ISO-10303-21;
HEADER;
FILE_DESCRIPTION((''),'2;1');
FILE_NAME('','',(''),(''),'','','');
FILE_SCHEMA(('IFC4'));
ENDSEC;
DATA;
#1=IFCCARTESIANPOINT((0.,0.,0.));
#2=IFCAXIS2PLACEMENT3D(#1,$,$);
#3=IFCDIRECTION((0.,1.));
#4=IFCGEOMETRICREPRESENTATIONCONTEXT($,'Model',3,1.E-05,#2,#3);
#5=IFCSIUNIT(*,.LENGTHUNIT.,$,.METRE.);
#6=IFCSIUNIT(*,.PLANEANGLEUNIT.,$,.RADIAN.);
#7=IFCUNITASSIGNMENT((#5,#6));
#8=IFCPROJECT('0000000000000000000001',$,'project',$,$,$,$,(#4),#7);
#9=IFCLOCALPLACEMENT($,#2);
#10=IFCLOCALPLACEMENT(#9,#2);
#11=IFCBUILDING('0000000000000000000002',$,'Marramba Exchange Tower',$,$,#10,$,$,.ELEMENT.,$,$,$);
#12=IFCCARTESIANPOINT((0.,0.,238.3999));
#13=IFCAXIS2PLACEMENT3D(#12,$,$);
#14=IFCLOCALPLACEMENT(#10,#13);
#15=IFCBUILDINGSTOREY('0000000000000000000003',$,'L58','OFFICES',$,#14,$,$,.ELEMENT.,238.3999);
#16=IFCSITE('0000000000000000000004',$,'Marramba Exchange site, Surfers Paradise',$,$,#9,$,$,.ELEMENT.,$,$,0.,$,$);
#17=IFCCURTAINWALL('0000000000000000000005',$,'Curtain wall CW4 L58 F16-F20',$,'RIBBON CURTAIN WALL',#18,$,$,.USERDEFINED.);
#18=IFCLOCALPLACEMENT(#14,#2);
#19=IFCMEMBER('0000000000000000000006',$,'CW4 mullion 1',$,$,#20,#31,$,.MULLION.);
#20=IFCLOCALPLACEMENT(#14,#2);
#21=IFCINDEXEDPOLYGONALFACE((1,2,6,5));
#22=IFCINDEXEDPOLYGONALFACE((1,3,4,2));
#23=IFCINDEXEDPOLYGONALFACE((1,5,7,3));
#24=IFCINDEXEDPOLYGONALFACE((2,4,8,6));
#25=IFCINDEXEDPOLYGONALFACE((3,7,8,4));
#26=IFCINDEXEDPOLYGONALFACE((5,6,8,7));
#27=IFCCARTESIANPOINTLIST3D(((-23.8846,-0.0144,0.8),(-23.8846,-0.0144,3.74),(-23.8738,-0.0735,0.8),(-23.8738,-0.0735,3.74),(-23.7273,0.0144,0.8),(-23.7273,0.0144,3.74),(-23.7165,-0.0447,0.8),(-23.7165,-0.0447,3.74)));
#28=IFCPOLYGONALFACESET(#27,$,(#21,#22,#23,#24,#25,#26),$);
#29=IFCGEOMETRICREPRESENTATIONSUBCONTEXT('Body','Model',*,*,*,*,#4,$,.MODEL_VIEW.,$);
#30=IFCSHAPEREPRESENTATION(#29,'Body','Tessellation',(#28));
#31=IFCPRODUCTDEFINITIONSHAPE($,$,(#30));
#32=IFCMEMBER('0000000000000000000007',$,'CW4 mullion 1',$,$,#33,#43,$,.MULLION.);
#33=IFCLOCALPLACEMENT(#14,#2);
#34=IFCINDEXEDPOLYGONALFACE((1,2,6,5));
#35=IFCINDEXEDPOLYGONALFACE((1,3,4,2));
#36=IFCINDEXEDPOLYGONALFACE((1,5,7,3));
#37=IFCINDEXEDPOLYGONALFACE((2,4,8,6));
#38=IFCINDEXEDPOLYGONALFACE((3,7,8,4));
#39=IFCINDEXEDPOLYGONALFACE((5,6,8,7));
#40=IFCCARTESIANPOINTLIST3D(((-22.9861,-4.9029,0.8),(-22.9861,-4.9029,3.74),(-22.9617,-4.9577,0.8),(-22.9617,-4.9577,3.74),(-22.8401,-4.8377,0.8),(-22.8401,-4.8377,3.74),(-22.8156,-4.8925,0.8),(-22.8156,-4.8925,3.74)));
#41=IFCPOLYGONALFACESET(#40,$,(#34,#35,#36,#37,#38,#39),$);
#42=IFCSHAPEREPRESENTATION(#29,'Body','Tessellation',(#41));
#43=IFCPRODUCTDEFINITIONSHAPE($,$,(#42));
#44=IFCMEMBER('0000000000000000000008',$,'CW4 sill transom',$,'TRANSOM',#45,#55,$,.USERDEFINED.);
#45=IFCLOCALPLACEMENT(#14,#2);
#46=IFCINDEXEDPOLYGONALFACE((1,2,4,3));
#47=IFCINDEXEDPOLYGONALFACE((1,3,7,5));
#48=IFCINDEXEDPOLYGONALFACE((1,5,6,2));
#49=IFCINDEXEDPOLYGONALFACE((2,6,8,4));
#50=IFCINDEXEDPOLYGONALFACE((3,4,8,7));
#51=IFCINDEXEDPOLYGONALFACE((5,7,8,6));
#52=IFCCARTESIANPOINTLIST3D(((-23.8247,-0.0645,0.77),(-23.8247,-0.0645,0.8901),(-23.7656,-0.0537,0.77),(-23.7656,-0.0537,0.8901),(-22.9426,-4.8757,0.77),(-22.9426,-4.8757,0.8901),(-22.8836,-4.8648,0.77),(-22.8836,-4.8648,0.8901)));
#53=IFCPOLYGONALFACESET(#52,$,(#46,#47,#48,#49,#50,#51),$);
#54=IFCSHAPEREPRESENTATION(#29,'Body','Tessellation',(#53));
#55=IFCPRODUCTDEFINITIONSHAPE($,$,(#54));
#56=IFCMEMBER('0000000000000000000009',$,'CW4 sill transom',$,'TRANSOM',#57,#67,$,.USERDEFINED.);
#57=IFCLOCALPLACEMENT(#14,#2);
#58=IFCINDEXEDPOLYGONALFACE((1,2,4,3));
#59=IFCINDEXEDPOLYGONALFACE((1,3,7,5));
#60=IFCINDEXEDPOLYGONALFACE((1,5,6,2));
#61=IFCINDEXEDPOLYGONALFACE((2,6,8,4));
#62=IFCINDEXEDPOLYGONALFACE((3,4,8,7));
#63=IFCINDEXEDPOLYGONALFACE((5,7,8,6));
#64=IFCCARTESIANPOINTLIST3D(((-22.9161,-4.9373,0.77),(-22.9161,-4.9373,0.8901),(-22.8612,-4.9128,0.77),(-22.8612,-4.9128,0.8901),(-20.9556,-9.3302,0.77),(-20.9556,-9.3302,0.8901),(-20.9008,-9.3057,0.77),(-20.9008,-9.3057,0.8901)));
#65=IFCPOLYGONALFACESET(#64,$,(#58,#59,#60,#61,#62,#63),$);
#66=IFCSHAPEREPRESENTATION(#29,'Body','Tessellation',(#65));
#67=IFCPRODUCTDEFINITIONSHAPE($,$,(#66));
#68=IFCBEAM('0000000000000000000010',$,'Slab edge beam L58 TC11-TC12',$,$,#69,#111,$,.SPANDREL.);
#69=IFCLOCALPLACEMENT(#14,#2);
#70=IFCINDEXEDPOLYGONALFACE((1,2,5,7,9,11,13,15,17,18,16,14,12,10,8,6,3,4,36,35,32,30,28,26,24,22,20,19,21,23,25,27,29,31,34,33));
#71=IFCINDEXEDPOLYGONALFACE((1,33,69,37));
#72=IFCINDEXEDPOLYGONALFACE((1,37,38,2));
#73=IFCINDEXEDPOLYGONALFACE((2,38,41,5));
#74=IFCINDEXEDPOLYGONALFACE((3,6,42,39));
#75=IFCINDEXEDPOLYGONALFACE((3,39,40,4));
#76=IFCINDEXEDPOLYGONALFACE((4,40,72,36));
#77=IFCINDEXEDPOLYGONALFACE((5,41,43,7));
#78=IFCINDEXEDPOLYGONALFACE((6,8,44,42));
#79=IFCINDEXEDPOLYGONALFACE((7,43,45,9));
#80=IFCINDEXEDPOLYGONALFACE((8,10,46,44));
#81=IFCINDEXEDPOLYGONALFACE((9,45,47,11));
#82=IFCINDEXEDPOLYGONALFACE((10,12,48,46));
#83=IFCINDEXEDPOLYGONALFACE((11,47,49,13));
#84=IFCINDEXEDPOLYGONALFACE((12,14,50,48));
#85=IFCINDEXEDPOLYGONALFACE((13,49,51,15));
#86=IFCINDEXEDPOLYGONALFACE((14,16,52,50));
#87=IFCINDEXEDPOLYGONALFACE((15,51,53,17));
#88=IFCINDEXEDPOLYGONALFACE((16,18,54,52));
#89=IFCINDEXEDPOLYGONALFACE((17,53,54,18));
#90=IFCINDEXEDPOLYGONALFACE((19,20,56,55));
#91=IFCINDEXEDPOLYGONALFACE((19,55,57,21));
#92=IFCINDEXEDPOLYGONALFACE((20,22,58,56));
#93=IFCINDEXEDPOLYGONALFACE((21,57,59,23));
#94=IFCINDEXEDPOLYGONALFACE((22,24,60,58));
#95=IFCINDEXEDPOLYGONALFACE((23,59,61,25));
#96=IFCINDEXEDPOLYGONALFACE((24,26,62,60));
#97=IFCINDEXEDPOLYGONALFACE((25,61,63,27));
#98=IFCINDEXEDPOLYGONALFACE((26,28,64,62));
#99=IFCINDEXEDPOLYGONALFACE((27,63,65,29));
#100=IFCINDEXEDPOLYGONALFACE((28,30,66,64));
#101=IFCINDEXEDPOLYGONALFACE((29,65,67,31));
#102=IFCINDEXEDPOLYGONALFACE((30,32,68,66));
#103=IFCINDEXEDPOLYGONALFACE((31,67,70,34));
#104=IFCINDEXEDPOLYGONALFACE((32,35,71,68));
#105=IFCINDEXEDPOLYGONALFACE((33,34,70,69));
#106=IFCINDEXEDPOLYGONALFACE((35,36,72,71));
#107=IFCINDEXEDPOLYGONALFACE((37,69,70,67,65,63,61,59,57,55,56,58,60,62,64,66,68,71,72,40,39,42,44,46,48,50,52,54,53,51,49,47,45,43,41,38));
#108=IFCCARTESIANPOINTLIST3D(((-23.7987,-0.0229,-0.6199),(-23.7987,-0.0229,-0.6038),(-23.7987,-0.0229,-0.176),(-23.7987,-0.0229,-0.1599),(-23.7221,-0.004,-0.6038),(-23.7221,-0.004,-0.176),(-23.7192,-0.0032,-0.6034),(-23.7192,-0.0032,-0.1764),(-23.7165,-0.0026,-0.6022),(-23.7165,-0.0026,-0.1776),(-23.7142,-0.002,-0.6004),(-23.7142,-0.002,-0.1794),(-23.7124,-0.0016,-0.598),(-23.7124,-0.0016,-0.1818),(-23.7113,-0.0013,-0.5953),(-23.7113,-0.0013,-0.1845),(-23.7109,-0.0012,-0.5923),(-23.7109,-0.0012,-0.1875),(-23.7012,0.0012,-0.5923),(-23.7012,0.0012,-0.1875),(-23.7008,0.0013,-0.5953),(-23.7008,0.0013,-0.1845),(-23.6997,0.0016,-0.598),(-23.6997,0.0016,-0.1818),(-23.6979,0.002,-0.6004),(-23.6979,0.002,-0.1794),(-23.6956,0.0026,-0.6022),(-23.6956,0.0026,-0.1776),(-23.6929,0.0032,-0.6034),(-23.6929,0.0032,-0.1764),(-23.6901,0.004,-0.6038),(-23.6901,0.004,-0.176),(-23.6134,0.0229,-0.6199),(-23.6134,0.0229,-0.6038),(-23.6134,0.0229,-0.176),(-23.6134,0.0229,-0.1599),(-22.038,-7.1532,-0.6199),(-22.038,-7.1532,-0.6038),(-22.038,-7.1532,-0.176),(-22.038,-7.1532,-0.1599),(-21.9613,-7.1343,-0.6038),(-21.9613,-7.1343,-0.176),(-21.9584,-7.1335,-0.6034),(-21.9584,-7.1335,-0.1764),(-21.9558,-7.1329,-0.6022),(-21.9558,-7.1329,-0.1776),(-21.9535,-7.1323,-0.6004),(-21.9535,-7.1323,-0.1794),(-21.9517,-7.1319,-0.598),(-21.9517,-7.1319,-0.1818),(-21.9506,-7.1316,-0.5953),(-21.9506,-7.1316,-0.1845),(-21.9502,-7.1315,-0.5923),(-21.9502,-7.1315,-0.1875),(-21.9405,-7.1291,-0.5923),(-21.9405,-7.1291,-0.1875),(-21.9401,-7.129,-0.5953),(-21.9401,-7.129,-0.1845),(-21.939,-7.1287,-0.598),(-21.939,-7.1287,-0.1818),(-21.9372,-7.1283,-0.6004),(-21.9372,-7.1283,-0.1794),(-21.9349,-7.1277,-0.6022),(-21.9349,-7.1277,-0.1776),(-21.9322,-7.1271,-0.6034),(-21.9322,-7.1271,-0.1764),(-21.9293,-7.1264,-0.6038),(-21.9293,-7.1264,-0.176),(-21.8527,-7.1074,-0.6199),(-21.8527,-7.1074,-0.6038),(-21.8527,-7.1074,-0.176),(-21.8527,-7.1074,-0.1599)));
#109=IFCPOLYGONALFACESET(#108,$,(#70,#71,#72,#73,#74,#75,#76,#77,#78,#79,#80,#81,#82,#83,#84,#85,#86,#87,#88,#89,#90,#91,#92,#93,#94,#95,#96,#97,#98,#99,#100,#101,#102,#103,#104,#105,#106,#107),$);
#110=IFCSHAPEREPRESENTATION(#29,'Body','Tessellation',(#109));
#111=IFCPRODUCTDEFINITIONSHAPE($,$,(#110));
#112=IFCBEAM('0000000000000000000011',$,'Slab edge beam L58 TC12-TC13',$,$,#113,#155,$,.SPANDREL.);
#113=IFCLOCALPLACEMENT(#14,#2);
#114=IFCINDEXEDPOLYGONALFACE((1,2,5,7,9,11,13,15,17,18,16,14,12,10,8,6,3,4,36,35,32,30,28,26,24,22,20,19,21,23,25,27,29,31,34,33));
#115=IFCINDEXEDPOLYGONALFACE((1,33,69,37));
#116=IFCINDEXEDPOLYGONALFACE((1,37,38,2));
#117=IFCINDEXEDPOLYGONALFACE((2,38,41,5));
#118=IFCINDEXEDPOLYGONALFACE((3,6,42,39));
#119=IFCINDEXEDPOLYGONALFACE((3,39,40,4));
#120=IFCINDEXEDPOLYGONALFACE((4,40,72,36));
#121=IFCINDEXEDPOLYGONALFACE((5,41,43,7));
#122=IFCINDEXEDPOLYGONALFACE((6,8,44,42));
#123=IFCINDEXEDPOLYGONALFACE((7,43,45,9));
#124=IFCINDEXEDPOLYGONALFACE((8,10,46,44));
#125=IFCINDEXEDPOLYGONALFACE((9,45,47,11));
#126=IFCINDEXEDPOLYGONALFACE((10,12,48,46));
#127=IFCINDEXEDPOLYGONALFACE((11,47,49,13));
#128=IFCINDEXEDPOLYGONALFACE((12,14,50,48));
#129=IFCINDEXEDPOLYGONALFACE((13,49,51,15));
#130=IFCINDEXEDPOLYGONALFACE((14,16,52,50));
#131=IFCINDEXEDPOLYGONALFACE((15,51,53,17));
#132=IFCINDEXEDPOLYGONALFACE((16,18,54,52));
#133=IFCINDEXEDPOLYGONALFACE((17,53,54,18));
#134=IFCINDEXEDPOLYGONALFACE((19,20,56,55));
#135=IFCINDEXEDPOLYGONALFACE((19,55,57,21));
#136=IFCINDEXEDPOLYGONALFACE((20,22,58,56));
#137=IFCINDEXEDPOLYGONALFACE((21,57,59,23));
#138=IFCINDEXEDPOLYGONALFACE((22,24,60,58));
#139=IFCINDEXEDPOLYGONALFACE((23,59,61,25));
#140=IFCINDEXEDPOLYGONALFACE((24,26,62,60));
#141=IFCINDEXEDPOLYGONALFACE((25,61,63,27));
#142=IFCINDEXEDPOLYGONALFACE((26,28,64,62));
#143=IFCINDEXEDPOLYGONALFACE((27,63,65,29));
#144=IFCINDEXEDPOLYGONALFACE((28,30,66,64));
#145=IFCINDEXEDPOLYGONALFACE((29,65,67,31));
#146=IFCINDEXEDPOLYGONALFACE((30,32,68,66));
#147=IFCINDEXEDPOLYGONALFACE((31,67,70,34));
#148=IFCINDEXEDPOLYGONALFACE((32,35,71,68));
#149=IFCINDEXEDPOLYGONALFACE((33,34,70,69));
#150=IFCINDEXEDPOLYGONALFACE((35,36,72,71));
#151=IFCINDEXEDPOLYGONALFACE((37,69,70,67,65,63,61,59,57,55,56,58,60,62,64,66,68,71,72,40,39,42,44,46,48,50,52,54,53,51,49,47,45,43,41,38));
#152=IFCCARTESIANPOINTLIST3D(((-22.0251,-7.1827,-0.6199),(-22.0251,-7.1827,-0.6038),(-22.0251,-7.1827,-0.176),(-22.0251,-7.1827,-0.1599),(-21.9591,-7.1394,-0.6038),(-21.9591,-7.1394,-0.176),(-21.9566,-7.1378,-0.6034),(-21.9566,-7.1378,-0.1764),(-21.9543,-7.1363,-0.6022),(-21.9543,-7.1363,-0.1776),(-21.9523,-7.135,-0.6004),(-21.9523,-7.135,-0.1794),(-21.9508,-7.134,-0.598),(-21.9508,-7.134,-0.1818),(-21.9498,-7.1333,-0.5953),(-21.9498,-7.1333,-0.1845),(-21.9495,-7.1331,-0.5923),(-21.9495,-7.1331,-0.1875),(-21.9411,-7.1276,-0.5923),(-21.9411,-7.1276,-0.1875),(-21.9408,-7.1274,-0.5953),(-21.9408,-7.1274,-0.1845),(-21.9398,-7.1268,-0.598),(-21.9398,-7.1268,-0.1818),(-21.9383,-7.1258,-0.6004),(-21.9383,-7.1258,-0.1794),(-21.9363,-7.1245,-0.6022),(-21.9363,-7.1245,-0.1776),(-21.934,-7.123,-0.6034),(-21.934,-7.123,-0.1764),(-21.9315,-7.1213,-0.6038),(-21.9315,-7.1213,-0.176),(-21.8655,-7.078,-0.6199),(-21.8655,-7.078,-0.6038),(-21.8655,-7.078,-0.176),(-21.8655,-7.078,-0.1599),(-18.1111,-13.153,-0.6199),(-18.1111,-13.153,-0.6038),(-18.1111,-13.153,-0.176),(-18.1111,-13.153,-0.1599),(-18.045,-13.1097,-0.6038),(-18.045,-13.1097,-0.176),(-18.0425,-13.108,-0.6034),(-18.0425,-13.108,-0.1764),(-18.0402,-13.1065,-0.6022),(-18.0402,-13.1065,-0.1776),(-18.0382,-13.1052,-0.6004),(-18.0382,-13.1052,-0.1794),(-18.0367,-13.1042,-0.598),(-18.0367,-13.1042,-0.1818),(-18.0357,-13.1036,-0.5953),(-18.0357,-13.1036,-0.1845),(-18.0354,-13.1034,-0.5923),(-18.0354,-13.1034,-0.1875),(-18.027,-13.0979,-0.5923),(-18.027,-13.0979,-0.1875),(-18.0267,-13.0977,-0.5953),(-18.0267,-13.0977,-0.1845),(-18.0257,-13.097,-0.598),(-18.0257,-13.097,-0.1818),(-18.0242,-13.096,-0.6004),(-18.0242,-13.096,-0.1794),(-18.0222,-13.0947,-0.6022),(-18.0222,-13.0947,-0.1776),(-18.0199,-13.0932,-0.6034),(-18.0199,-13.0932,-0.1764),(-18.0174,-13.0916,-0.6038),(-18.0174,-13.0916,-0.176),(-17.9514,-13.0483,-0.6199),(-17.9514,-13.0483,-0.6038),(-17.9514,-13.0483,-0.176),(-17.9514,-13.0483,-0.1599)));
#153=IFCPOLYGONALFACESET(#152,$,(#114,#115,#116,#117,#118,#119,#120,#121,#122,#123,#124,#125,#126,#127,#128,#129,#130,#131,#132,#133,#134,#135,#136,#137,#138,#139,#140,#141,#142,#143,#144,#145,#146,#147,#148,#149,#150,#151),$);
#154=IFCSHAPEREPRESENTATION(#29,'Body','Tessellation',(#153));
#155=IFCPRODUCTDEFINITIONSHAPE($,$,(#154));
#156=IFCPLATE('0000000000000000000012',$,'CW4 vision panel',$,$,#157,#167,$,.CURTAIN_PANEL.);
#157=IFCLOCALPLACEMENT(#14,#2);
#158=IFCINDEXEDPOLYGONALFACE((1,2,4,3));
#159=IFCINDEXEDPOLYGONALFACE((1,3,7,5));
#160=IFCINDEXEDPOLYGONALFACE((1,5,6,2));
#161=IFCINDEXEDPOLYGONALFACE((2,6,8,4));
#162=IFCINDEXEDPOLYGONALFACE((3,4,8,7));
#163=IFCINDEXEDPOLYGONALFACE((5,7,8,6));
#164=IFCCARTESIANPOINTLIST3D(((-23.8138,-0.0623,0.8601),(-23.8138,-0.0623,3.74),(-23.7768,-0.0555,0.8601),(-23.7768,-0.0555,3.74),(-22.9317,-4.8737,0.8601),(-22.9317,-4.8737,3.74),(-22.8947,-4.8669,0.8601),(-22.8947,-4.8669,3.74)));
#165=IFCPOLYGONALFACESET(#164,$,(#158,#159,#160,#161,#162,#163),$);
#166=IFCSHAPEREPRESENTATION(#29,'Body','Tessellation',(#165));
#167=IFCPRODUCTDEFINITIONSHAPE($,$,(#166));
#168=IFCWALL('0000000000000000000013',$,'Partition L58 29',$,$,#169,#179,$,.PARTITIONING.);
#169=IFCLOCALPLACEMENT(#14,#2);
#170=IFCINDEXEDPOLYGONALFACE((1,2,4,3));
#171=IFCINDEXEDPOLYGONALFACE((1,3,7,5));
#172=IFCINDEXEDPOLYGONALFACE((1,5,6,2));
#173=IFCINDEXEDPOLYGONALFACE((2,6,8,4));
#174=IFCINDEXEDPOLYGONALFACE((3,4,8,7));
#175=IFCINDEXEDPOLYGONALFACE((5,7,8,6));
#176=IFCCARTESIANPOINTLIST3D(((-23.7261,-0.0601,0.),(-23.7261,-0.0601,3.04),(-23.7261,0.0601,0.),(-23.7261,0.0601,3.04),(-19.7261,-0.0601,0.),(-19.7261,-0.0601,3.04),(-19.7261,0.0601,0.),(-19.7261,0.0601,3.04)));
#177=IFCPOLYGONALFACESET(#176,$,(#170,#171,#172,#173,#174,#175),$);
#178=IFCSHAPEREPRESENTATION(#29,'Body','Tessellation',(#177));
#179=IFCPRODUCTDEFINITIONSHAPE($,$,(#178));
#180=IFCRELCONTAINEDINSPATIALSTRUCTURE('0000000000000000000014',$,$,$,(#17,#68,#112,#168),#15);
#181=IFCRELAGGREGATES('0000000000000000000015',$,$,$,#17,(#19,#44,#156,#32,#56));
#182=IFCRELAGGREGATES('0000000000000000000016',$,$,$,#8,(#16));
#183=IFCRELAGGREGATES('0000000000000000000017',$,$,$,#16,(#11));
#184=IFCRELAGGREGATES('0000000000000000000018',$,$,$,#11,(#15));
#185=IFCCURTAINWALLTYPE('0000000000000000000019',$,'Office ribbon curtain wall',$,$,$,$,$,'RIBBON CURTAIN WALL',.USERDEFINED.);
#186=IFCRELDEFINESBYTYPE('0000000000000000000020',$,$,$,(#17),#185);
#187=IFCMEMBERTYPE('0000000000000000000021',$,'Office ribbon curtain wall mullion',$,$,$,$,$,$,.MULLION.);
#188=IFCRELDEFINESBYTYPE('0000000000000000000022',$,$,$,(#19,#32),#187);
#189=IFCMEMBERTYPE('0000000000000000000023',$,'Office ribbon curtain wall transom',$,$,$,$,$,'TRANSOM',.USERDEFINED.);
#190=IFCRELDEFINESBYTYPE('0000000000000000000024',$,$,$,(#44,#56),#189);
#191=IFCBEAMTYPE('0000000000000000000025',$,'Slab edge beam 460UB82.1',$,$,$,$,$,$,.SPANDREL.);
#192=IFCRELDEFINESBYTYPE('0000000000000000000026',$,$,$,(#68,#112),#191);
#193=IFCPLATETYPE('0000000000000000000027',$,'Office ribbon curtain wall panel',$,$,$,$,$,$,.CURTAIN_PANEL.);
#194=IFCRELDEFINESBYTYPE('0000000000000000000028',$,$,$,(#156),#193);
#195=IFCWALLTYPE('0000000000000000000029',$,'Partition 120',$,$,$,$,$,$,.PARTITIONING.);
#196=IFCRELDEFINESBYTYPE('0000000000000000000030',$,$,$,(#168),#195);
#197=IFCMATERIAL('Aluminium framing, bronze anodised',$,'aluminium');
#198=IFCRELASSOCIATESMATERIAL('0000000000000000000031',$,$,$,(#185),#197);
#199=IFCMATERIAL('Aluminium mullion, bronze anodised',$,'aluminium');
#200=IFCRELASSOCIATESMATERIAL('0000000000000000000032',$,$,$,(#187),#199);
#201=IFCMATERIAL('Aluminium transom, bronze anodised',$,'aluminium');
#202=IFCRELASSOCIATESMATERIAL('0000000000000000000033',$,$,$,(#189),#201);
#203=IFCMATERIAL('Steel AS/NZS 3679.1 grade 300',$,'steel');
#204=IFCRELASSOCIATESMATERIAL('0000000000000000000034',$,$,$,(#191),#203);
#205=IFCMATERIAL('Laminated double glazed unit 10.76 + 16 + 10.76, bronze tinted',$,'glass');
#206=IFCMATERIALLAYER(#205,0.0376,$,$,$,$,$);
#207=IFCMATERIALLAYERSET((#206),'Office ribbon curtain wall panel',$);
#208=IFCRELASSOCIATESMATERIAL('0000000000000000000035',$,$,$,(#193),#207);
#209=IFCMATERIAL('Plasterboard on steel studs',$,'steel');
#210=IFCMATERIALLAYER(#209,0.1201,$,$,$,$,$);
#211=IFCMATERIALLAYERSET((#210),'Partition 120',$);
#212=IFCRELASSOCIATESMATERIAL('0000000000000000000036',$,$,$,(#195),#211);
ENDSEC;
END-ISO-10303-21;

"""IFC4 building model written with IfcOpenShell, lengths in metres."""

from ifc_helpers import new_model, si_unit, direction, frame, frame_2d, origin, origin_2d, place, context, subcontext, project, spatial, rectangle, i_section, extrude, material, layer, layer_set, material_profile, profile_set, type_object, element, aggregate, save


model = new_model("IFC4")

# Units and contexts
model_context = context("Model", 3, precision=1e-05, world=origin(), true_north=direction((0.0, 1.0)))
body_context = subcontext(model_context, "Body", "Model", "MODEL_VIEW")
ifc_project = project(units=[si_unit("LENGTHUNIT", "METRE"), si_unit("PLANEANGLEUNIT", "RADIAN")], contexts=[model_context])

# Site, building, storey
site_placement = place(None, origin())
site = spatial("IfcSite", under=ifc_project, at=site_placement, Name="Marramba Exchange site, Surfers Paradise", CompositionType="ELEMENT", RefElevation=0.0)
building_placement = place(site_placement, origin())
building = spatial("IfcBuilding", under=site, at=building_placement, Name="Marramba Exchange Tower", CompositionType="ELEMENT")
storey_placement = place(building_placement, frame((0.0, 0.0, 238.3999)))
storey = spatial("IfcBuildingStorey", under=building, at=storey_placement, Name="L58", Description="OFFICES", CompositionType="ELEMENT", Elevation=238.3999)

# Curtain wall, members
ifc_material_1 = material(Name="Aluminium framing, bronze anodised", Category="aluminium")
curtain_wall_type = type_object("IfcCurtainWallType", Name="Office ribbon curtain wall", ElementType="RIBBON CURTAIN WALL", PredefinedType="USERDEFINED", material=ifc_material_1)
curtain_wall_placement = place(storey_placement, origin())
curtain_wall = element("IfcCurtainWall", 1, at=curtain_wall_placement, inside=storey, type_object=curtain_wall_type, Name="Curtain wall CW4 L58 F16-F20", ObjectType="RIBBON CURTAIN WALL", PredefinedType="USERDEFINED")
ifc_material_2 = material(Name="Aluminium mullion, bronze anodised", Category="aluminium")
ifc_material_profile_1 = material_profile(ifc_material_2, rectangle(XDim=0.1599, YDim=0.0601, at=origin_2d()), Name="CW4 mullion 60x160")
ifc_profile_set_1 = profile_set([ifc_material_profile_1], Name="Aluminium mullion, bronze anodised")
member_type_1 = type_object("IfcMemberType", Name="Office ribbon curtain wall mullion", PredefinedType="MULLION", material=ifc_profile_set_1)
member_1_placement = place(storey_placement, frame((-23.8005, -0.0295, 0.8), z_axis=(0.0, 0.0, 1.0), x_axis=(0.983607, 0.180327, 0.0)))
member_1 = element("IfcMember", 2, at=member_1_placement, type_object=member_type_1, Name="CW4 mullion 1", PredefinedType="MULLION", context=body_context, shape_type="SweptSolid", body=[
    extrude(rectangle(XDim=0.1599, YDim=0.0601, at=origin_2d()), origin(), (0.0, 0.0, 1.0), 2.9399),
])
member_2_placement = place(storey_placement, frame((-22.9009, -4.8977, 0.8), z_axis=(0.0, 0.0, 1.0), x_axis=(0.91318, 0.407558, 0.0)))
member_2 = element("IfcMember", 3, at=member_2_placement, type_object=member_type_1, Name="CW4 mullion 1", PredefinedType="MULLION", context=body_context, shape_type="SweptSolid", body=[
    extrude(rectangle(XDim=0.1599, YDim=0.0601, at=origin_2d()), origin(), (0.0, 0.0, 1.0), 2.9399),
])
ifc_material_3 = material(Name="Aluminium transom, bronze anodised", Category="aluminium")
ifc_material_profile_2 = material_profile(ifc_material_3, rectangle(XDim=0.0601, YDim=0.1201, at=origin_2d()), Name="CW4 transom 60x120")
ifc_profile_set_2 = profile_set([ifc_material_profile_2], Name="Aluminium transom, bronze anodised")
member_type_2 = type_object("IfcMemberType", Name="Office ribbon curtain wall transom", ElementType="TRANSOM", PredefinedType="USERDEFINED", material=ifc_profile_set_2)
member_3_placement = place(storey_placement, frame((-23.7952, -0.0591, 0.8301), z_axis=(0.18033, -0.983606, 0.0), x_axis=(0.983606, 0.18033, 0.0)))
member_3 = element("IfcMember", 4, at=member_3_placement, type_object=member_type_2, Name="CW4 sill transom", ObjectType="TRANSOM", PredefinedType="USERDEFINED", context=body_context, shape_type="SweptSolid", body=[
    extrude(rectangle(XDim=0.0601, YDim=0.1201, at=origin_2d()), origin(), (0.0, 0.0, 1.0), 4.8914),
])
member_4_placement = place(storey_placement, frame((-22.8887, -4.925, 0.8301), z_axis=(0.407541, -0.913187, 0.0), x_axis=(0.913187, 0.407541, 0.0)))
member_4 = element("IfcMember", 5, at=member_4_placement, type_object=member_type_2, Name="CW4 sill transom", ObjectType="TRANSOM", PredefinedType="USERDEFINED", context=body_context, shape_type="SweptSolid", body=[
    extrude(rectangle(XDim=0.0601, YDim=0.1201, at=origin_2d()), origin(), (0.0, 0.0, 1.0), 4.8105),
])

# Beams
ifc_material_4 = material(Name="Steel AS/NZS 3679.1 grade 300", Category="steel")
ifc_material_profile_3 = material_profile(ifc_material_4, i_section(OverallWidth=0.1909, OverallDepth=0.46, WebThickness=0.01, FlangeThickness=0.0161, FilletRadius=0.0115, at=origin_2d()), Name="460UB82.1")
ifc_profile_set_3 = profile_set([ifc_material_profile_3], Name="Steel AS/NZS 3679.1 grade 300")
beam_type = type_object("IfcBeamType", Name="Slab edge beam 460UB82.1", PredefinedType="SPANDREL", material=ifc_profile_set_3)
beam_1_placement = place(storey_placement, frame((-23.7061, 0.0, -0.3899), z_axis=(0.239735, -0.970838, 0.0), x_axis=(0.970838, 0.239735, 0.0)))
element("IfcBeam", 6, at=beam_1_placement, inside=storey, type_object=beam_type, Name="Slab edge beam L58 TC11-TC12", PredefinedType="SPANDREL", context=body_context, shape_type="SweptSolid", body=[
    extrude(i_section(OverallWidth=0.1909, OverallDepth=0.46, WebThickness=0.01, FlangeThickness=0.0161, FilletRadius=0.0115, at=origin_2d()), origin(), (0.0, 0.0, 1.0), 7.3445),
])
beam_2_placement = place(storey_placement, frame((-21.9453, -7.1304, -0.3899), z_axis=(0.548275, -0.836298, 0.0), x_axis=(0.836298, 0.548275, 0.0)))
element("IfcBeam", 7, at=beam_2_placement, inside=storey, type_object=beam_type, Name="Slab edge beam L58 TC12-TC13", PredefinedType="SPANDREL", context=body_context, shape_type="SweptSolid", body=[
    extrude(i_section(OverallWidth=0.1909, OverallDepth=0.46, WebThickness=0.01, FlangeThickness=0.0161, FilletRadius=0.0115, at=origin_2d()), origin(), (0.0, 0.0, 1.0), 7.1389),
])

# Plate
ifc_material_5 = material(Name="Laminated double glazed unit 10.76 + 16 + 10.76, bronze tinted", Category="glass")
ifc_layer_1 = layer(ifc_material_5, 0.0376)
ifc_layer_set_1 = layer_set([ifc_layer_1], Name="Office ribbon curtain wall panel")
plate_type = type_object("IfcPlateType", Name="Office ribbon curtain wall panel", PredefinedType="CURTAIN_PANEL", material=ifc_layer_set_1)
plate_placement = place(storey_placement, frame((-23.3542, -2.4646, 0.8601), z_axis=(0.0, 0.0, 1.0), x_axis=(0.180327, -0.983607, 0.0)))
plate = element("IfcPlate", 8, at=plate_placement, type_object=plate_type, Name="CW4 vision panel", PredefinedType="CURTAIN_PANEL", context=body_context, shape_type="SweptSolid", body=[
    extrude(rectangle(XDim=4.8916, YDim=0.0376, at=origin_2d()), origin(), (0.0, 0.0, 1.0), 2.8799),
])
aggregate(curtain_wall, [member_1, member_3, plate, member_2, member_4])

# Wall
ifc_material_6 = material(Name="Plasterboard on steel studs", Category="steel")
ifc_layer_2 = layer(ifc_material_6, 0.1201)
ifc_layer_set_2 = layer_set([ifc_layer_2], Name="Partition 120")
wall_type = type_object("IfcWallType", Name="Partition 120", PredefinedType="PARTITIONING", material=ifc_layer_set_2)
wall_placement = place(storey_placement, frame((-23.7261, 0.0, 0.0), z_axis=(0.0, 0.0, 1.0), x_axis=(1.0, 0.0, 0.0)))
element("IfcWall", 9, at=wall_placement, inside=storey, type_object=wall_type, Name="Partition L58 29", PredefinedType="PARTITIONING", context=body_context, shape_type="SweptSolid", body=[
    extrude(rectangle(XDim=4.0, YDim=0.1201, at=frame_2d((2.0, 0.0))), origin(), (0.0, 0.0, 1.0), 3.04),
])

save(model, "model.ifc")
